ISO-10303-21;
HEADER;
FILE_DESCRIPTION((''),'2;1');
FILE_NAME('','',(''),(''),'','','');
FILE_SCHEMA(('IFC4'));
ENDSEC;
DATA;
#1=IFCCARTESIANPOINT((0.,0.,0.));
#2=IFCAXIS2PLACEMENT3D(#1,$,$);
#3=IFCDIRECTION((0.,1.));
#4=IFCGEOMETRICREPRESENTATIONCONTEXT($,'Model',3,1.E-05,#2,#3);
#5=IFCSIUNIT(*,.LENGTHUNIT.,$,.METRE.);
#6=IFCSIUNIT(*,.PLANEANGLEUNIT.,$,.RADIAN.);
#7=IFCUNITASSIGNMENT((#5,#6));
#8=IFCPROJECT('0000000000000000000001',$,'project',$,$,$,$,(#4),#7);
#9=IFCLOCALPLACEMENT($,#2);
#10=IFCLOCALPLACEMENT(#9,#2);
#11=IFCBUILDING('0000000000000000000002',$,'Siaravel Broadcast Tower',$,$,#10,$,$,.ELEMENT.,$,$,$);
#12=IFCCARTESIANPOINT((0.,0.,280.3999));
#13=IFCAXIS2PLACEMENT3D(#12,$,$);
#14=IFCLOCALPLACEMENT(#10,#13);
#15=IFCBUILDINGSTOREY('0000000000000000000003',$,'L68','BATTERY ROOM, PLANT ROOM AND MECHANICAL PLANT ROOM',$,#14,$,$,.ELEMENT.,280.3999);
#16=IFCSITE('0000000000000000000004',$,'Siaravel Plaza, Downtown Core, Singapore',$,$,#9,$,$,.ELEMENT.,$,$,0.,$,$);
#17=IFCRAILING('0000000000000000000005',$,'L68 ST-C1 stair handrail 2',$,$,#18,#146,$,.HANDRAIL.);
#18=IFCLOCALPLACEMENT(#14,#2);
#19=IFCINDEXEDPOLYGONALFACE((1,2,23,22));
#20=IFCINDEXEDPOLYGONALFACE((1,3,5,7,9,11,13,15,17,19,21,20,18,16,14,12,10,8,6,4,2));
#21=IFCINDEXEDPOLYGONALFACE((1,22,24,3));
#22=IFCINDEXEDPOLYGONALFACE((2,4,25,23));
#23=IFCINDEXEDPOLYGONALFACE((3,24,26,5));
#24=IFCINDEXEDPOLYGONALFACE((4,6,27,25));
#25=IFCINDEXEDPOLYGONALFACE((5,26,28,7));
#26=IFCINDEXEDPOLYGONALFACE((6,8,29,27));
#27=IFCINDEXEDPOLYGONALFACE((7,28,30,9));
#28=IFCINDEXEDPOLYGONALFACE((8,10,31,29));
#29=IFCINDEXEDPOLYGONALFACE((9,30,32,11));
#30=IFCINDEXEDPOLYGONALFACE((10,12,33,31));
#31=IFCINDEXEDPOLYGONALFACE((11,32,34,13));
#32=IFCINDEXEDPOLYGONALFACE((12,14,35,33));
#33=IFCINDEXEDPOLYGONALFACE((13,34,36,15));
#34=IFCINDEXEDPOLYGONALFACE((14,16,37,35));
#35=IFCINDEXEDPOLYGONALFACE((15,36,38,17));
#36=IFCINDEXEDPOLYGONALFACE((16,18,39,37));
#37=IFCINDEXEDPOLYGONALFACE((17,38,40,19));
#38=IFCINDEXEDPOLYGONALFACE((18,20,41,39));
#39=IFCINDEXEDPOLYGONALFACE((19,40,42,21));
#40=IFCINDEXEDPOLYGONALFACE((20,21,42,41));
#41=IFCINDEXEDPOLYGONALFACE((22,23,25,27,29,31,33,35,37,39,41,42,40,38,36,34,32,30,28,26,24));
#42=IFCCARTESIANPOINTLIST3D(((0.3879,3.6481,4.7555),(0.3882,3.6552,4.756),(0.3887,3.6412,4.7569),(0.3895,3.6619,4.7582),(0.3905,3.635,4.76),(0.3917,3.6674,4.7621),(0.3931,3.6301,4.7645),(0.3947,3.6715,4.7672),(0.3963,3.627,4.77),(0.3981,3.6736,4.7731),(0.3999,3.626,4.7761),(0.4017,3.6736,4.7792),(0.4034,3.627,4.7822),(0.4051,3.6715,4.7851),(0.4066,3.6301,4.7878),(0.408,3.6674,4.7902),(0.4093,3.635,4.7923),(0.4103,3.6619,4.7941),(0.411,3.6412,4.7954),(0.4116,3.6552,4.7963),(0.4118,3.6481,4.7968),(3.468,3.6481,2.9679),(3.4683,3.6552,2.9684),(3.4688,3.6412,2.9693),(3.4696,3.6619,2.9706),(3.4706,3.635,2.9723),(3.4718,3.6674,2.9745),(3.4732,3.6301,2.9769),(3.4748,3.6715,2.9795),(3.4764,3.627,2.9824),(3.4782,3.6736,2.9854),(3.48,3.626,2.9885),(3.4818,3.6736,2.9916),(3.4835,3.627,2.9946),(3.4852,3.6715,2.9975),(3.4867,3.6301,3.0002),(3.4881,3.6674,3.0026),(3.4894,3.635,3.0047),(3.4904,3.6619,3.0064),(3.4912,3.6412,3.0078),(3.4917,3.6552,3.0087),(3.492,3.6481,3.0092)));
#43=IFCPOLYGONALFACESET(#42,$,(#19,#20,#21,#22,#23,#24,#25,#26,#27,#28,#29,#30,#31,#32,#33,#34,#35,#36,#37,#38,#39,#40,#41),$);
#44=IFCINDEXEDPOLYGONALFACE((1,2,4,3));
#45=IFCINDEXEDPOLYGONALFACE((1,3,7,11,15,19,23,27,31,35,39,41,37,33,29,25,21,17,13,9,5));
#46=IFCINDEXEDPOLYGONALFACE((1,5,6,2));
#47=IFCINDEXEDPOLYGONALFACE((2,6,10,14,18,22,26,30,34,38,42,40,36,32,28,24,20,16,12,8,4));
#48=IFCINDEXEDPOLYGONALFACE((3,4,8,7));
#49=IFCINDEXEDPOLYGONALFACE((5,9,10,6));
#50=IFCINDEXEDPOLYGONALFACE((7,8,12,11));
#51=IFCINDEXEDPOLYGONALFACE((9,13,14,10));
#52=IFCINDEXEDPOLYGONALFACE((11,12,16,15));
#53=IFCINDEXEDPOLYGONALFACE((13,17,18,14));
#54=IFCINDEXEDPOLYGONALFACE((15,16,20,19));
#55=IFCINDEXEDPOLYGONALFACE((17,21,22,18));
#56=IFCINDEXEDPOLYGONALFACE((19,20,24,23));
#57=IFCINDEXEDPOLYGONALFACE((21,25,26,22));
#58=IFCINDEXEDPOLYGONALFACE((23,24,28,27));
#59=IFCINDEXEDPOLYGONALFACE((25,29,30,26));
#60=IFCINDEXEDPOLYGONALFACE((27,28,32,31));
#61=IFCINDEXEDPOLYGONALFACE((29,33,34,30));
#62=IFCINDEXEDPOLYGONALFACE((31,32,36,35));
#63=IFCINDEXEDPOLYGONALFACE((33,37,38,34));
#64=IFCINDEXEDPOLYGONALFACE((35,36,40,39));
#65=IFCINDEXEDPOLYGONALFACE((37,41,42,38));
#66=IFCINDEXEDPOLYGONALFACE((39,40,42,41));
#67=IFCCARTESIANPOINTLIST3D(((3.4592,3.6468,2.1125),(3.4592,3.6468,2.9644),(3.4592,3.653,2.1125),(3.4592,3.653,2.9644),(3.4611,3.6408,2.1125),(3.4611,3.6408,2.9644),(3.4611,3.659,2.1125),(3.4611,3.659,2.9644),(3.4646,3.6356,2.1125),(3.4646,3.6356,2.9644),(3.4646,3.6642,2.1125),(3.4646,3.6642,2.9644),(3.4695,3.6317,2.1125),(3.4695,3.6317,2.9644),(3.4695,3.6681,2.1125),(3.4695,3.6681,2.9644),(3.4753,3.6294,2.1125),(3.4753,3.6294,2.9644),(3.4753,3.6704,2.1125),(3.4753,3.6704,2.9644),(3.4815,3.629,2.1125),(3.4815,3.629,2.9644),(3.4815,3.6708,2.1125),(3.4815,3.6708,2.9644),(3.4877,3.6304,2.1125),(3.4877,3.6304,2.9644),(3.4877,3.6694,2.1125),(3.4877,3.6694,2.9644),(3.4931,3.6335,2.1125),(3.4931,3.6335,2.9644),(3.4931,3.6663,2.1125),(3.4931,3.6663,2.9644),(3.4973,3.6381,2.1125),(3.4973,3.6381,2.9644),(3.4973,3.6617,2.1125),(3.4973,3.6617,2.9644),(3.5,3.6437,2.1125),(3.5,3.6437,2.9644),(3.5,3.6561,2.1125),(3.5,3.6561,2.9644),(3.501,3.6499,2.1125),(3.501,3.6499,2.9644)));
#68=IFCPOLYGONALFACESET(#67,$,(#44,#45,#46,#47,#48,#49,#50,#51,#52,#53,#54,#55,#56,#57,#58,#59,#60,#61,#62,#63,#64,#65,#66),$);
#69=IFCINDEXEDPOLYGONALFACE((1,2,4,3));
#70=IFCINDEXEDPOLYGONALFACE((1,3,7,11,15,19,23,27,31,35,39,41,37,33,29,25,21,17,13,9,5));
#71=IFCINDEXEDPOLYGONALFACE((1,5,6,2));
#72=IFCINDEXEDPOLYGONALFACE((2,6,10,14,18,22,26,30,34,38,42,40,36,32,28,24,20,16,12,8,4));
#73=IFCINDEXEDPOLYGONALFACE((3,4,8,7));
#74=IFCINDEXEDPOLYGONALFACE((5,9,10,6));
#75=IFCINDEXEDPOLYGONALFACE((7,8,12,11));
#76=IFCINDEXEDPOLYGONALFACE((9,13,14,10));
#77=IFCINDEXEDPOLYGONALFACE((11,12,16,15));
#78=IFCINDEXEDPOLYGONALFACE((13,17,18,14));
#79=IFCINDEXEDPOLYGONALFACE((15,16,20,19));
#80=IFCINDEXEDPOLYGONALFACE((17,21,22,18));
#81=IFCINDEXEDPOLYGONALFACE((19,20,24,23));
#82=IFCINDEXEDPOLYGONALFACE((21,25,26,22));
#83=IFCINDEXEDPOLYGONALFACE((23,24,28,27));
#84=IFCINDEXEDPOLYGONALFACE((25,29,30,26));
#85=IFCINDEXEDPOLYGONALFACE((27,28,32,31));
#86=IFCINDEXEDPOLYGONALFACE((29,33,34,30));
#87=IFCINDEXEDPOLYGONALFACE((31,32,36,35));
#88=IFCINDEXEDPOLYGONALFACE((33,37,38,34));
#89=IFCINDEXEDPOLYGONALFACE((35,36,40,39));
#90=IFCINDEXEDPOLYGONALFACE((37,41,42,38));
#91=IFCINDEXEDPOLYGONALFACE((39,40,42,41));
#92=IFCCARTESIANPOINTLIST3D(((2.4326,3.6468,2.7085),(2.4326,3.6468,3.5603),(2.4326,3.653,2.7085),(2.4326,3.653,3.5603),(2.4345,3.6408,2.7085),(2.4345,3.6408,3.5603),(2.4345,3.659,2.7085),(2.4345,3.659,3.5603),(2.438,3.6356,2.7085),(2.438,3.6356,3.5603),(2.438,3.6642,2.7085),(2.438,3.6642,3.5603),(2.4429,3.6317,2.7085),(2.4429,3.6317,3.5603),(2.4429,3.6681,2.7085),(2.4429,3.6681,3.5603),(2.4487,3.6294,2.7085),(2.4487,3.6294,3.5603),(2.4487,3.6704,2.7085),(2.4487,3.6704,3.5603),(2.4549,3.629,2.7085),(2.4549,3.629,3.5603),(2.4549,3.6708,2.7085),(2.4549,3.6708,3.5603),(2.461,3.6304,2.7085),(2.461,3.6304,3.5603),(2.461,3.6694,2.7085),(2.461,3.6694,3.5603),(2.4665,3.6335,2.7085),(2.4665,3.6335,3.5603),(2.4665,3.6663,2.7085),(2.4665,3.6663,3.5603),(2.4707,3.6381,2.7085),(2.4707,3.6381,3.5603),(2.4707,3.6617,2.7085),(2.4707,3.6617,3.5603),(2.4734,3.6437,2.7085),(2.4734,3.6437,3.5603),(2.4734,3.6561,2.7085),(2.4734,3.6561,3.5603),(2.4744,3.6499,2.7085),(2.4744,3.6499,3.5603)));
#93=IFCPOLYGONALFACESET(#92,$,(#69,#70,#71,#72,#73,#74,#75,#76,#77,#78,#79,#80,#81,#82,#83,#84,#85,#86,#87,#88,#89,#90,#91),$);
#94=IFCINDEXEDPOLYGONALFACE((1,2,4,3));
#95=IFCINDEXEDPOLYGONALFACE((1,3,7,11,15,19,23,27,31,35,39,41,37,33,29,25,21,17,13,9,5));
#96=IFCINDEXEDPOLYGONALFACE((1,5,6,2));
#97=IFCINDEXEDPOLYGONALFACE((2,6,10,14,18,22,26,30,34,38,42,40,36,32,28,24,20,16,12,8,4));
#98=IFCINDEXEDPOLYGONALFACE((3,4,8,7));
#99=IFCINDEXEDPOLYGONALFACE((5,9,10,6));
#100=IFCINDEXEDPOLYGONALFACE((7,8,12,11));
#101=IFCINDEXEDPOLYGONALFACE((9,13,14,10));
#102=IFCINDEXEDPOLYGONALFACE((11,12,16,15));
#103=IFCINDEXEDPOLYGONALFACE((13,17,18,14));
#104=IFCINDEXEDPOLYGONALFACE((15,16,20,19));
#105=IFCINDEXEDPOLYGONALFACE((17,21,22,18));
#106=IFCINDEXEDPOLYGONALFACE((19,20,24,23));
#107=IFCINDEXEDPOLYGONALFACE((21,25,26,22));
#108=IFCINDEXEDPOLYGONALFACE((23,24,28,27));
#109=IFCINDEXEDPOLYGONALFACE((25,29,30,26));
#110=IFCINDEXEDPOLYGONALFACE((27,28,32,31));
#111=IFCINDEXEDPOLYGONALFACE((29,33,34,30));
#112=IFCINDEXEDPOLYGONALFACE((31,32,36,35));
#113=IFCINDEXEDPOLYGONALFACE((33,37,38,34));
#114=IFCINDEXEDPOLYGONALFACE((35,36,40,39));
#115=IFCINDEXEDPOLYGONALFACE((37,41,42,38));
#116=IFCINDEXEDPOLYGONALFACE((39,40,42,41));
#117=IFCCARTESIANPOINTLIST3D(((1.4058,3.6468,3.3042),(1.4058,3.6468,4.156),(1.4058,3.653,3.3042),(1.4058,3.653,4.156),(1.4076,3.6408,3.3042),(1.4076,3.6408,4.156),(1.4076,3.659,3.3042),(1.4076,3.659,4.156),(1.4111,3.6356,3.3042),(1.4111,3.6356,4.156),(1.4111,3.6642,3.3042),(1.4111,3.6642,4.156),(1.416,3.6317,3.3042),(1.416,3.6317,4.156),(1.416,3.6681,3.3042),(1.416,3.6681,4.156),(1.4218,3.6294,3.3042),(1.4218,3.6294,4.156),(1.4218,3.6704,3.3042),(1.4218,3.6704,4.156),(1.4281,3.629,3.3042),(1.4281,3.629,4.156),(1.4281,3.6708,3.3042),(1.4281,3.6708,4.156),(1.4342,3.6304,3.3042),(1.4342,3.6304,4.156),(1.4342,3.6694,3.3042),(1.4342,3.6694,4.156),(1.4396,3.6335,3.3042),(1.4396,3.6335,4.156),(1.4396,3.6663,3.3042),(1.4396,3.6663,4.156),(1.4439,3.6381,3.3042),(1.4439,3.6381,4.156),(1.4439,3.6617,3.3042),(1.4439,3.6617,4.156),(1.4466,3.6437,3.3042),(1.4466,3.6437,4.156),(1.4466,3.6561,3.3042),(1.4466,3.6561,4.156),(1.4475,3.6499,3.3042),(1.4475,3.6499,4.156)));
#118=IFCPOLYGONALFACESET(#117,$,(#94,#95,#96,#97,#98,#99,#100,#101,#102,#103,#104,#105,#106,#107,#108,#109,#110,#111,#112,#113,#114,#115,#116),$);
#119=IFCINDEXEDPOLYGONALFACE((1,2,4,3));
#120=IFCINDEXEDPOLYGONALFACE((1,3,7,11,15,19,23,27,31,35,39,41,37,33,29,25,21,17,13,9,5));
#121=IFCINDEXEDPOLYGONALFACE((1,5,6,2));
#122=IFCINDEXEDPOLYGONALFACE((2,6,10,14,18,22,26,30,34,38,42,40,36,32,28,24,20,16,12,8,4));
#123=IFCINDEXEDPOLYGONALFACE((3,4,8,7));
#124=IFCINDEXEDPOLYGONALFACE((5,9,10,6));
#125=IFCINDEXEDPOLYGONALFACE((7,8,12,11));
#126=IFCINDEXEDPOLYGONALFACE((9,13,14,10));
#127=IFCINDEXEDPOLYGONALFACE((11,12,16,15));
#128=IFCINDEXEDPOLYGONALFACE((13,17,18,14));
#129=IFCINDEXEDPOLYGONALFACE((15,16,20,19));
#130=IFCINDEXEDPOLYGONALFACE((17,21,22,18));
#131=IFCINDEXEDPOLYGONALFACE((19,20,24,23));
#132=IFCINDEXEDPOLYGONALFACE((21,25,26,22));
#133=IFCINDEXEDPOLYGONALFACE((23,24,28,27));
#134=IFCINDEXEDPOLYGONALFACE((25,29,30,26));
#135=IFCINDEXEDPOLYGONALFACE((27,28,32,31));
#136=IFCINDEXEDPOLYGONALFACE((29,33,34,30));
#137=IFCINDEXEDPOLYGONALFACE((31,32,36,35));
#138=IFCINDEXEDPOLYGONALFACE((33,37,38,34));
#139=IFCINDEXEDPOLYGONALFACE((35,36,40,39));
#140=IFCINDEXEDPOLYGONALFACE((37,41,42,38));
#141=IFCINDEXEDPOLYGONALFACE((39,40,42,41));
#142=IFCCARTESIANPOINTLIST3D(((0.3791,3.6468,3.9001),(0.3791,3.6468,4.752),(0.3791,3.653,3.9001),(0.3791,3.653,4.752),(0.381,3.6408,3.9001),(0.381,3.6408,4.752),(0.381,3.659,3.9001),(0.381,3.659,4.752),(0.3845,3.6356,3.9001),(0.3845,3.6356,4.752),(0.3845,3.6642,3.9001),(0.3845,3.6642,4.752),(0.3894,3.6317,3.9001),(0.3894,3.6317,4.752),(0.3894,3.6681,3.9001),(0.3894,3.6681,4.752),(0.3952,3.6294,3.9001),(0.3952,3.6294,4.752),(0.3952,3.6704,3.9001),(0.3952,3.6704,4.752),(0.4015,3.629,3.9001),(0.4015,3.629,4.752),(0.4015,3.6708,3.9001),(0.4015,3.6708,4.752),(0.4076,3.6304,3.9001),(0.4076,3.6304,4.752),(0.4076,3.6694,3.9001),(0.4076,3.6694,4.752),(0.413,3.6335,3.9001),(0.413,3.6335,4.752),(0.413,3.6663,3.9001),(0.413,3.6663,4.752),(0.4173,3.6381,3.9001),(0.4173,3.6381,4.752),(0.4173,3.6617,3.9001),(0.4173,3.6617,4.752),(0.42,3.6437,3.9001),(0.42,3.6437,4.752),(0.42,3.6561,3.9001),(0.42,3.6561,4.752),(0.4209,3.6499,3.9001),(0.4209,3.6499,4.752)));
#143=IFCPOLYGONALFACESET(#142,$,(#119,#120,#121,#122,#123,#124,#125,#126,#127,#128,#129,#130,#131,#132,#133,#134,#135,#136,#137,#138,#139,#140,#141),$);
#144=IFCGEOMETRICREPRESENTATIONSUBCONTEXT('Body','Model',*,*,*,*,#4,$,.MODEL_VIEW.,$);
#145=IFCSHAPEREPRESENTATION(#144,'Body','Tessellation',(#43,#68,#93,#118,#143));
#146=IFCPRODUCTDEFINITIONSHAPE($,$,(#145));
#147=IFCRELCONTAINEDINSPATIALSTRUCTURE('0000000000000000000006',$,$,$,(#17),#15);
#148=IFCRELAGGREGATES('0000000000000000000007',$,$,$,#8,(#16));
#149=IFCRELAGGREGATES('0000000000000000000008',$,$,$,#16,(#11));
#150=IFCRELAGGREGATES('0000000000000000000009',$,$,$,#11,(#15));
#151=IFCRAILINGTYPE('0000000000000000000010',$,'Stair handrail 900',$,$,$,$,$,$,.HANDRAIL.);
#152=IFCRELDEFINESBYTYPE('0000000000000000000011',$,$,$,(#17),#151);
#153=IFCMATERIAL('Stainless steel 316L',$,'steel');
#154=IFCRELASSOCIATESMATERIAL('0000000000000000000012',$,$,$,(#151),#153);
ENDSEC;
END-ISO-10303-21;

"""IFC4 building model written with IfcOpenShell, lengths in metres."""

from ifc_helpers import new_model, si_unit, direction, frame, origin, origin_2d, place, context, subcontext, project, spatial, circle, extrude, material, type_object, element, save


model = new_model("IFC4")

# Units and contexts
model_context = context("Model", 3, precision=1e-05, world=origin(), true_north=direction((0.0, 1.0)))
body_context = subcontext(model_context, "Body", "Model", "MODEL_VIEW")
ifc_project = project(units=[si_unit("LENGTHUNIT", "METRE"), si_unit("PLANEANGLEUNIT", "RADIAN")], contexts=[model_context])

# Site, building, storey
site_placement = place(None, origin())
site = spatial("IfcSite", under=ifc_project, at=site_placement, Name="Siaravel Plaza, Downtown Core, Singapore", CompositionType="ELEMENT", RefElevation=0.0)
building_placement = place(site_placement, origin())
building = spatial("IfcBuilding", under=site, at=building_placement, Name="Siaravel Broadcast Tower", CompositionType="ELEMENT")
storey_placement = place(building_placement, frame((0.0, 0.0, 280.3999)))
storey = spatial("IfcBuildingStorey", under=building, at=storey_placement, Name="L68", Description="BATTERY ROOM, PLANT ROOM AND MECHANICAL PLANT ROOM", CompositionType="ELEMENT", Elevation=280.3999)

# Railing
ifc_material_1 = material(Name="Stainless steel 316L", Category="steel")
railing_type_1 = type_object("IfcRailingType", Name="Stair handrail 900", PredefinedType="HANDRAIL", material=ifc_material_1)
railing_1_placement = place(storey_placement, frame((3.48, 3.6499, 2.1125)))
element("IfcRailing", 1, at=railing_1_placement, inside=storey, type_object=railing_type_1, Name="L68 ST-C1 stair handrail 2", PredefinedType="HANDRAIL", context=body_context, shape_type="SweptSolid", body=[
    extrude(circle(Radius=0.0239, at=origin_2d()), frame((0.0, 0.0, 0.876), z_axis=(-0.864891, 0.0, 0.50196), x_axis=(0.0, -1.0, 0.0)), (0.0, 0.0, 1.0), 3.5613),
    extrude(circle(Radius=0.021, at=origin_2d()), origin(), (0.0, 0.0, 1.0), 0.8518),
    extrude(circle(Radius=0.021, at=origin_2d()), frame((-1.0266, 0.0, 0.5959)), (0.0, 0.0, 1.0), 0.8518),
    extrude(circle(Radius=0.021, at=origin_2d()), frame((-2.0535, 0.0, 1.1917)), (0.0, 0.0, 1.0), 0.8518),
    extrude(circle(Radius=0.021, at=origin_2d()), frame((-3.0801, 0.0, 1.7876)), (0.0, 0.0, 1.0), 0.8518),
])

save(model, "model.ifc")
